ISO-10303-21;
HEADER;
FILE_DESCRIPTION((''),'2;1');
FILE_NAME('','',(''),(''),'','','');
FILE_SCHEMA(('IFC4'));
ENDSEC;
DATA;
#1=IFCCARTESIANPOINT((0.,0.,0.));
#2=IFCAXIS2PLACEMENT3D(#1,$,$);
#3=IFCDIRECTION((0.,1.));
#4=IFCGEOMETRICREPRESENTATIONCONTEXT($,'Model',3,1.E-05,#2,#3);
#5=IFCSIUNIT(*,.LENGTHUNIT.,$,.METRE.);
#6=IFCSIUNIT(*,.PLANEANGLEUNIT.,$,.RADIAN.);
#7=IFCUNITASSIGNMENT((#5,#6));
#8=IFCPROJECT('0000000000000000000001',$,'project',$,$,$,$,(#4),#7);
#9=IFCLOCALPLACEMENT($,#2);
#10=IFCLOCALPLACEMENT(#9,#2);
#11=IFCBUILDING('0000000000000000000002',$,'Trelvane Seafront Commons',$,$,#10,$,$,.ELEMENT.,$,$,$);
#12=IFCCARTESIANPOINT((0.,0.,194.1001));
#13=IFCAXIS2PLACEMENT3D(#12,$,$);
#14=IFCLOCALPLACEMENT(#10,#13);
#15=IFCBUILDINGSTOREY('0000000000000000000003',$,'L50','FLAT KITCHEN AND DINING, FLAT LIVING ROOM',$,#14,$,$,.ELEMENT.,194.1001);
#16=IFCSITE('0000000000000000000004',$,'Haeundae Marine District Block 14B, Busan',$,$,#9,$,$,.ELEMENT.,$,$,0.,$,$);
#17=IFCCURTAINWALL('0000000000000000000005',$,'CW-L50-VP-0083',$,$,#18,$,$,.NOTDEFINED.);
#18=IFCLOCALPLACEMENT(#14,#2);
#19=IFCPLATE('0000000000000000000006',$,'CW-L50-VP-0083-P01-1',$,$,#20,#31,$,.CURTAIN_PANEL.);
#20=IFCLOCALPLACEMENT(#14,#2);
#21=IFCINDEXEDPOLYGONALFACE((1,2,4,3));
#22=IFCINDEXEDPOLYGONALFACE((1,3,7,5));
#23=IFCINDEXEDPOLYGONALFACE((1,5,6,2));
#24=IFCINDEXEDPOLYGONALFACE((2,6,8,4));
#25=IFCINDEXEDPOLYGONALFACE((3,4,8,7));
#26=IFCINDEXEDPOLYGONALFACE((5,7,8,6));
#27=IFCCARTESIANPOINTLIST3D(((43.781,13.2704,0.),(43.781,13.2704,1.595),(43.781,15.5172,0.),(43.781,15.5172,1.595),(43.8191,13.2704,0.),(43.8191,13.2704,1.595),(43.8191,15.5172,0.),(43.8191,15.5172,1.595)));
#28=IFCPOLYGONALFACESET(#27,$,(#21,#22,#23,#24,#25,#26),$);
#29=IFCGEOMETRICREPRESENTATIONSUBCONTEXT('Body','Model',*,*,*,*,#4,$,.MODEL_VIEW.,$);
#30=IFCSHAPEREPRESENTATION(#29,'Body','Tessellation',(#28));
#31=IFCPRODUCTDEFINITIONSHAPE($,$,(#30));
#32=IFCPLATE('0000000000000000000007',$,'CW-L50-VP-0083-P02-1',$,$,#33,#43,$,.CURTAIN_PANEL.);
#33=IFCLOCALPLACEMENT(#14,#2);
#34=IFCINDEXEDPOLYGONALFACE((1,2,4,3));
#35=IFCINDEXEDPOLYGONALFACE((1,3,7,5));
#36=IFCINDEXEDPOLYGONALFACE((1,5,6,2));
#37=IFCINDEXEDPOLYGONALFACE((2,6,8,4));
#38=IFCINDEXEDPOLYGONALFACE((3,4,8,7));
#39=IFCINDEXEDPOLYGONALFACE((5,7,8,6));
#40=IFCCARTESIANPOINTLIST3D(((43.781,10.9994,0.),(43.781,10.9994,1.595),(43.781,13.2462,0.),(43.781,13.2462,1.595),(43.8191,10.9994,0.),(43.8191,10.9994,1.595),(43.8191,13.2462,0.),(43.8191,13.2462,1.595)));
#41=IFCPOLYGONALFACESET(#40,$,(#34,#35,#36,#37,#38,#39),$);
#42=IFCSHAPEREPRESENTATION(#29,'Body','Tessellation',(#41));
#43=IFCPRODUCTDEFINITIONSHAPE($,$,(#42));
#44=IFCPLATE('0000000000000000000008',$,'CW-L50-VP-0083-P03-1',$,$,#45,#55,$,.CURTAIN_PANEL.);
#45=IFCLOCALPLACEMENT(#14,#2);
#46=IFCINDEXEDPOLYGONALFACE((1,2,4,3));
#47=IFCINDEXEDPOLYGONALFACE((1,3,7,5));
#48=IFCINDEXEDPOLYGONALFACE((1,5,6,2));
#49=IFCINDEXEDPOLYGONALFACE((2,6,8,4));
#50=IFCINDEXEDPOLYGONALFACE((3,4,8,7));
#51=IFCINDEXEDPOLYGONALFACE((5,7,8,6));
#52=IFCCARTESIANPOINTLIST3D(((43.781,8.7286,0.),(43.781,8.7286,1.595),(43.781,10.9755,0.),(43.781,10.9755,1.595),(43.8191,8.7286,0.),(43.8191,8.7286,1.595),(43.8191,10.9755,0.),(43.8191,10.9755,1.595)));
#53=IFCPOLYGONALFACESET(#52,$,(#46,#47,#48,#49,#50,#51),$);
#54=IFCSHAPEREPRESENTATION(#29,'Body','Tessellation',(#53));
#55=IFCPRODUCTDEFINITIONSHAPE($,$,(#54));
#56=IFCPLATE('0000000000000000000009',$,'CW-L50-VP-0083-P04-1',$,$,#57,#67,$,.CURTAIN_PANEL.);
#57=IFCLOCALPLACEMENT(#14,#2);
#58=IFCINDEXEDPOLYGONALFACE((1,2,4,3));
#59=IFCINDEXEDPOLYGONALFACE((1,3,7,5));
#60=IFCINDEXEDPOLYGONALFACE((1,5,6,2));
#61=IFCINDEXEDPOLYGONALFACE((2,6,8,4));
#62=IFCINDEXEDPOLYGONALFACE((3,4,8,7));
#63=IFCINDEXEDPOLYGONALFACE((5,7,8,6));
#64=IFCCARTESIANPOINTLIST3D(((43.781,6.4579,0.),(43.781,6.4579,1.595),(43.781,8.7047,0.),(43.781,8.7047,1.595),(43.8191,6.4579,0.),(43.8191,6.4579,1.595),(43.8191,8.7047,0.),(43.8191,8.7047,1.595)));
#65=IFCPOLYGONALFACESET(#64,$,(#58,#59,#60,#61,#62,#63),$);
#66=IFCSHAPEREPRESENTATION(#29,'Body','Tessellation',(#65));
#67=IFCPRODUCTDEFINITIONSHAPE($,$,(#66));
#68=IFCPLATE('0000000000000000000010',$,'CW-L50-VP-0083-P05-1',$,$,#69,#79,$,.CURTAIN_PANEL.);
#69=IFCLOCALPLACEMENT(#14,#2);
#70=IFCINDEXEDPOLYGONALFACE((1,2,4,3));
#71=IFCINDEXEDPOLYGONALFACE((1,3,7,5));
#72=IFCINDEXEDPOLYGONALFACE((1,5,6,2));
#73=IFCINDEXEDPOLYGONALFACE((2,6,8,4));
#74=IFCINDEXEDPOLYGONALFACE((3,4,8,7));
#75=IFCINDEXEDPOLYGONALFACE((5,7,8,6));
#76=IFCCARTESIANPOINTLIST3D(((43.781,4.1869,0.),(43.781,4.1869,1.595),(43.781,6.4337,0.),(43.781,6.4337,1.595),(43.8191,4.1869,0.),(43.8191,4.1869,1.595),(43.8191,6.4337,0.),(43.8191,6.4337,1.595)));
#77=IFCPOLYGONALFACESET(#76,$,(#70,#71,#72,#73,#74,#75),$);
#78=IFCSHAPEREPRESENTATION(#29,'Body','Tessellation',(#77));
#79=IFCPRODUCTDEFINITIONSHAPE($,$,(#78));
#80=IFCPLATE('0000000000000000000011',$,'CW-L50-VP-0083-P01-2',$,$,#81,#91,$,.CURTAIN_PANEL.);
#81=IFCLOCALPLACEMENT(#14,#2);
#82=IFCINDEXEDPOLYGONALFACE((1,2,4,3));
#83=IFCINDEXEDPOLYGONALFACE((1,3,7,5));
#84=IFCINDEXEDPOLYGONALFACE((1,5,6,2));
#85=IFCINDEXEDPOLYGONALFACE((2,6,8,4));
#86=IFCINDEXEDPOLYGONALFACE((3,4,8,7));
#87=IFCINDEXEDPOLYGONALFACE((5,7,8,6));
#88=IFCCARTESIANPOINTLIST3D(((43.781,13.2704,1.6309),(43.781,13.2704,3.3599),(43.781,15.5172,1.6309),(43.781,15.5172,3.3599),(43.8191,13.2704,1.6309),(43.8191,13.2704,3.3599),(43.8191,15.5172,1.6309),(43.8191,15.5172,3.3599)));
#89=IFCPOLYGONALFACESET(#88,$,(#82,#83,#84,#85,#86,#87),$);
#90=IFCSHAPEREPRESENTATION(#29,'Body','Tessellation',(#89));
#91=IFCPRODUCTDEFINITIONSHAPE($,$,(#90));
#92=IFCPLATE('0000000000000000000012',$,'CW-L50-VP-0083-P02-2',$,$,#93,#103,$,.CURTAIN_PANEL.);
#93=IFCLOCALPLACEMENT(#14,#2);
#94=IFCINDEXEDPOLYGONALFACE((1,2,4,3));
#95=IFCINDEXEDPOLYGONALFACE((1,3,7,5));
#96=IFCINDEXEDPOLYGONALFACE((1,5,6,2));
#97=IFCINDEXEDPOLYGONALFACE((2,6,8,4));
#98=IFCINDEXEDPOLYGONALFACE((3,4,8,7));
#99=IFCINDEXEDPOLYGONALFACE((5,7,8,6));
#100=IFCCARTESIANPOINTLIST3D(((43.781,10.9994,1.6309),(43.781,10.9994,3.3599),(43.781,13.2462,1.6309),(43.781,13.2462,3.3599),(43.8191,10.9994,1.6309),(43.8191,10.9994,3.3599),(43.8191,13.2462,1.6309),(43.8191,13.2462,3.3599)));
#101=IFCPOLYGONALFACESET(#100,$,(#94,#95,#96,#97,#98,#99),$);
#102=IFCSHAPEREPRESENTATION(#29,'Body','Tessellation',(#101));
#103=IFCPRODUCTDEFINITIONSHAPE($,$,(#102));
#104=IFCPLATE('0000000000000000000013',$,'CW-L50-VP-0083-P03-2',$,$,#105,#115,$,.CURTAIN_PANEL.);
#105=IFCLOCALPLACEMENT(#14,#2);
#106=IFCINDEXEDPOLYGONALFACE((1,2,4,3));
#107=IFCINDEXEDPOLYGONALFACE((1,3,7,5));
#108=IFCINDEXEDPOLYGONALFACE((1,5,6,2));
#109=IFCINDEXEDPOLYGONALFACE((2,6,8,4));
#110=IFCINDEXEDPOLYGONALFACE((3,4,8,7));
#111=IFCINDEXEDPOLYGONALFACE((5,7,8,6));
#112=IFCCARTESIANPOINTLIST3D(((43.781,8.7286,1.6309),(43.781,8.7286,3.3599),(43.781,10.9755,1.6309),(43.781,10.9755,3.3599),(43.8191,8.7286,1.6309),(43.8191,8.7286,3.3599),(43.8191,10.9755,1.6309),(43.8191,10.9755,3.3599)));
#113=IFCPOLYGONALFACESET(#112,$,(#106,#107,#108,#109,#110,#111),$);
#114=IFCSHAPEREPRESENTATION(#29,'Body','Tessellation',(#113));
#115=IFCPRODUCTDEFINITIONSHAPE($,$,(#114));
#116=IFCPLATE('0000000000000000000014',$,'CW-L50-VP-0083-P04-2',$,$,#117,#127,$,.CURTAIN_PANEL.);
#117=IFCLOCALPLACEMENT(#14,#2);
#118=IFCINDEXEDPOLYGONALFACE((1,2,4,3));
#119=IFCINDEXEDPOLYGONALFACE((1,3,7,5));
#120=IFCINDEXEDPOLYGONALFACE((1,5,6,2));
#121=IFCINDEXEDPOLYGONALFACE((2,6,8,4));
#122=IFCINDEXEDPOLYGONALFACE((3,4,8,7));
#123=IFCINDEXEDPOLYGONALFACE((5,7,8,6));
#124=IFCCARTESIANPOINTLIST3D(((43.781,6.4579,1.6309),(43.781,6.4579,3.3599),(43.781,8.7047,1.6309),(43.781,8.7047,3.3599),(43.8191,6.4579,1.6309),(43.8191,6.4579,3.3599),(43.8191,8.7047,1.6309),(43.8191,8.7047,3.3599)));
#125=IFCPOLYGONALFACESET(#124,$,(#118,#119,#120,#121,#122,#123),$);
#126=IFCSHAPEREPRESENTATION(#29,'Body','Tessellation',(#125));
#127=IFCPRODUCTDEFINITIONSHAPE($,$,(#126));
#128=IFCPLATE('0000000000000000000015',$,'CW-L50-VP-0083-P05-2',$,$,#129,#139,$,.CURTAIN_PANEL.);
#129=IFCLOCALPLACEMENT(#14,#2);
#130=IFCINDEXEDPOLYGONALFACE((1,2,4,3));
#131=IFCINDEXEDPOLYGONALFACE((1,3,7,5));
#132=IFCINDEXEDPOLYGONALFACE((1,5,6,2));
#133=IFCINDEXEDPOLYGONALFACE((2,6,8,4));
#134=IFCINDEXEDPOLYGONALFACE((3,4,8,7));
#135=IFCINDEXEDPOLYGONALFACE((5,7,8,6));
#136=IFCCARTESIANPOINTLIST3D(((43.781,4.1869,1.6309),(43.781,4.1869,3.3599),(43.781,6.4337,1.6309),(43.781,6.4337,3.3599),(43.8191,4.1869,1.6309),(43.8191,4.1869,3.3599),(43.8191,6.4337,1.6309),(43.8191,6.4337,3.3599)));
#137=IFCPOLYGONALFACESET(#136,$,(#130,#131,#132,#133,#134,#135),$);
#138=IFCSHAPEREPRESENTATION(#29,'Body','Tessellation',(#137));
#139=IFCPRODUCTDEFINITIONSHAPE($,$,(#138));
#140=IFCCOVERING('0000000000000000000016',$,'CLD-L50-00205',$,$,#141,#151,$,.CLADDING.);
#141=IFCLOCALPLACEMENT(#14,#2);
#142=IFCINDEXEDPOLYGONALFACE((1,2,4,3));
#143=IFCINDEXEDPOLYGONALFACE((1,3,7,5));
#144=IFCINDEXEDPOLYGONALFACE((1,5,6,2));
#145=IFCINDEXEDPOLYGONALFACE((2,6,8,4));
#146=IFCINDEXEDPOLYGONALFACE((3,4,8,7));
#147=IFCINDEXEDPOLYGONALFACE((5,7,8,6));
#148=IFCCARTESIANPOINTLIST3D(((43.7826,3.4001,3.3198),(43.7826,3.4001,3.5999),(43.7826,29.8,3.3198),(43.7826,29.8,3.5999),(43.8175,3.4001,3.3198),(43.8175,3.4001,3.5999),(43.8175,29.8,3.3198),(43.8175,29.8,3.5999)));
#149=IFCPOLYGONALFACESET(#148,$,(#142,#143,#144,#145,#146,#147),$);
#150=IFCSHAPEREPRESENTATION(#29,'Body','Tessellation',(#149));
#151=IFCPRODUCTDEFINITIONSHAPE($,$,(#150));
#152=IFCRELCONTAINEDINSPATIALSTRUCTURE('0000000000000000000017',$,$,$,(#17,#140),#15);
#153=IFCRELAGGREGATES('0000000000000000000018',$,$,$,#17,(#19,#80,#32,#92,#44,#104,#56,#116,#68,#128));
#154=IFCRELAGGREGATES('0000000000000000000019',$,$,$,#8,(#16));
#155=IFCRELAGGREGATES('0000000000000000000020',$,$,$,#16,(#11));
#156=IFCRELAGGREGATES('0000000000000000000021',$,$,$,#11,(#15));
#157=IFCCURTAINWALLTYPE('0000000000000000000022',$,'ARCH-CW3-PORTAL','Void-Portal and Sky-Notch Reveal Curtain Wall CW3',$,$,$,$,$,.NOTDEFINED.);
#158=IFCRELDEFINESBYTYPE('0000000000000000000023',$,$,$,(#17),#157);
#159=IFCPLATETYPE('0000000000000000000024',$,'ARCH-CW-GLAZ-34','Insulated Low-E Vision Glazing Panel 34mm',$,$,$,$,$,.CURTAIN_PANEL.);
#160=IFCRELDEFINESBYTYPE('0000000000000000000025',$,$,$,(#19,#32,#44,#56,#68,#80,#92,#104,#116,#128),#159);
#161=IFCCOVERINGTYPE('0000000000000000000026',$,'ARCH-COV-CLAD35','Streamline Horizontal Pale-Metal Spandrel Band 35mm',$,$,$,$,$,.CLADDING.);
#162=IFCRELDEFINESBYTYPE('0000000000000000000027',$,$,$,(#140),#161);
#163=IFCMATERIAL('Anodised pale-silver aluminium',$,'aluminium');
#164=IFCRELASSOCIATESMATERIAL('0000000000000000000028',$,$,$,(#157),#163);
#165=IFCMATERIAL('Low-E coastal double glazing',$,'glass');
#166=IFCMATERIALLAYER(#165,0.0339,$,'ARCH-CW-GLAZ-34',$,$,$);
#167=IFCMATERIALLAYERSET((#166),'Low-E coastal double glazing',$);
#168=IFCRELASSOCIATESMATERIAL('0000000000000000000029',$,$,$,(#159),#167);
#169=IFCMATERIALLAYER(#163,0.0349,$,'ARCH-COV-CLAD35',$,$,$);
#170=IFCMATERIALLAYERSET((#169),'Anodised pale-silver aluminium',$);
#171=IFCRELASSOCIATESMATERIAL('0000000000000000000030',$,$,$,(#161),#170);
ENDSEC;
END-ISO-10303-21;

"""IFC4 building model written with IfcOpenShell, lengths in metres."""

from ifc_helpers import new_model, si_unit, direction, frame, origin, origin_2d, place, context, subcontext, project, spatial, rectangle, extrude, source, transform, mapped, material, layer, layer_set, type_object, element, aggregate, save


model = new_model("IFC4")

# Units and contexts
model_context = context("Model", 3, precision=1e-05, world=origin(), true_north=direction((0.0, 1.0)))
body_context = subcontext(model_context, "Body", "Model", "MODEL_VIEW")
ifc_project = project(units=[si_unit("LENGTHUNIT", "METRE"), si_unit("PLANEANGLEUNIT", "RADIAN")], contexts=[model_context])

# Site, building, storey
site_placement = place(None, origin())
site = spatial("IfcSite", under=ifc_project, at=site_placement, Name="Haeundae Marine District Block 14B, Busan", CompositionType="ELEMENT", RefElevation=0.0)
building_placement = place(site_placement, origin())
building = spatial("IfcBuilding", under=site, at=building_placement, Name="Trelvane Seafront Commons", CompositionType="ELEMENT")
storey_placement = place(building_placement, frame((0.0, 0.0, 194.1001)))
storey = spatial("IfcBuildingStorey", under=building, at=storey_placement, Name="L50", Description="FLAT KITCHEN AND DINING, FLAT LIVING ROOM", CompositionType="ELEMENT", Elevation=194.1001)

# Curtain wall
ifc_material_1 = material(Name="Anodised pale-silver aluminium", Category="aluminium")
curtain_wall_type = type_object("IfcCurtainWallType", Name="ARCH-CW3-PORTAL", Description="Void-Portal and Sky-Notch Reveal Curtain Wall CW3", PredefinedType="NOTDEFINED", material=ifc_material_1)
curtain_wall_placement = place(storey_placement, origin())
curtain_wall = element("IfcCurtainWall", 1, at=curtain_wall_placement, inside=storey, type_object=curtain_wall_type, Name="CW-L50-VP-0083", PredefinedType="NOTDEFINED")

# Plates
ifc_material_2 = material(Name="Low-E coastal double glazing", Category="glass")
ifc_layer_1 = layer(ifc_material_2, 0.0339, Name="ARCH-CW-GLAZ-34")
ifc_layer_set_1 = layer_set([ifc_layer_1], Name="Low-E coastal double glazing")
plate_type_1 = type_object("IfcPlateType", Name="ARCH-CW-GLAZ-34", Description="Insulated Low-E Vision Glazing Panel 34mm", PredefinedType="CURTAIN_PANEL", material=ifc_layer_set_1)
shared_shape_1 = source(origin(), body_context, "Body", "SweptSolid", [
    extrude(rectangle(XDim=2.2468, YDim=0.0381, at=origin_2d()), origin(), (0.0, 0.0, 1.0), 1.595),
])
plate_1_placement = place(storey_placement, frame((43.8, 14.3938, 0.0), z_axis=(0.0, 0.0, 1.0), x_axis=(0.0, -1.0, 0.0)))
plate_1 = element("IfcPlate", 2, at=plate_1_placement, type_object=plate_type_1, Name="CW-L50-VP-0083-P01-1", PredefinedType="CURTAIN_PANEL", context=body_context, shape_type="MappedRepresentation", body=[
    mapped(shared_shape_1, transform((0.0, 0.0, 0.0), x_axis=(1.0, 0.0, 0.0), y_axis=(0.0, 1.0, 0.0), z_axis=(0.0, 0.0, 1.0), scale=1.0)),
])
plate_2_placement = place(storey_placement, frame((43.8, 12.1228, 0.0), z_axis=(0.0, 0.0, 1.0), x_axis=(0.0, -1.0, 0.0)))
plate_2 = element("IfcPlate", 3, at=plate_2_placement, type_object=plate_type_1, Name="CW-L50-VP-0083-P02-1", PredefinedType="CURTAIN_PANEL", context=body_context, shape_type="MappedRepresentation", body=[
    mapped(shared_shape_1, transform((0.0, 0.0, 0.0), x_axis=(1.0, 0.0, 0.0), y_axis=(0.0, 1.0, 0.0), z_axis=(0.0, 0.0, 1.0), scale=1.0)),
])
plate_3_placement = place(storey_placement, frame((43.8, 9.8521, 0.0), z_axis=(0.0, 0.0, 1.0), x_axis=(0.0, -1.0, 0.0)))
plate_3 = element("IfcPlate", 4, at=plate_3_placement, type_object=plate_type_1, Name="CW-L50-VP-0083-P03-1", PredefinedType="CURTAIN_PANEL", context=body_context, shape_type="MappedRepresentation", body=[
    mapped(shared_shape_1, transform((0.0, 0.0, 0.0), x_axis=(1.0, 0.0, 0.0), y_axis=(0.0, 1.0, 0.0), z_axis=(0.0, 0.0, 1.0), scale=1.0)),
])
plate_4_placement = place(storey_placement, frame((43.8, 7.5813, 0.0), z_axis=(0.0, 0.0, 1.0), x_axis=(0.0, -1.0, 0.0)))
plate_4 = element("IfcPlate", 5, at=plate_4_placement, type_object=plate_type_1, Name="CW-L50-VP-0083-P04-1", PredefinedType="CURTAIN_PANEL", context=body_context, shape_type="MappedRepresentation", body=[
    mapped(shared_shape_1, transform((0.0, 0.0, 0.0), x_axis=(1.0, 0.0, 0.0), y_axis=(0.0, 1.0, 0.0), z_axis=(0.0, 0.0, 1.0), scale=1.0)),
])
plate_5_placement = place(storey_placement, frame((43.8, 5.3103, 0.0), z_axis=(0.0, 0.0, 1.0), x_axis=(0.0, -1.0, 0.0)))
plate_5 = element("IfcPlate", 6, at=plate_5_placement, type_object=plate_type_1, Name="CW-L50-VP-0083-P05-1", PredefinedType="CURTAIN_PANEL", context=body_context, shape_type="MappedRepresentation", body=[
    mapped(shared_shape_1, transform((0.0, 0.0, 0.0), x_axis=(1.0, 0.0, 0.0), y_axis=(0.0, 1.0, 0.0), z_axis=(0.0, 0.0, 1.0), scale=1.0)),
])
shared_shape_2 = source(origin(), body_context, "Body", "SweptSolid", [
    extrude(rectangle(XDim=2.2468, YDim=0.0381, at=origin_2d()), origin(), (0.0, 0.0, 1.0), 1.729),
])
plate_6_placement = place(storey_placement, frame((43.8, 14.3938, 1.6309), z_axis=(0.0, 0.0, 1.0), x_axis=(0.0, -1.0, 0.0)))
plate_6 = element("IfcPlate", 7, at=plate_6_placement, type_object=plate_type_1, Name="CW-L50-VP-0083-P01-2", PredefinedType="CURTAIN_PANEL", context=body_context, shape_type="MappedRepresentation", body=[
    mapped(shared_shape_2, transform((0.0, 0.0, 0.0), x_axis=(1.0, 0.0, 0.0), y_axis=(0.0, 1.0, 0.0), z_axis=(0.0, 0.0, 1.0), scale=1.0)),
])
plate_7_placement = place(storey_placement, frame((43.8, 12.1228, 1.6309), z_axis=(0.0, 0.0, 1.0), x_axis=(0.0, -1.0, 0.0)))
plate_7 = element("IfcPlate", 8, at=plate_7_placement, type_object=plate_type_1, Name="CW-L50-VP-0083-P02-2", PredefinedType="CURTAIN_PANEL", context=body_context, shape_type="MappedRepresentation", body=[
    mapped(shared_shape_2, transform((0.0, 0.0, 0.0), x_axis=(1.0, 0.0, 0.0), y_axis=(0.0, 1.0, 0.0), z_axis=(0.0, 0.0, 1.0), scale=1.0)),
])
plate_8_placement = place(storey_placement, frame((43.8, 9.8521, 1.6309), z_axis=(0.0, 0.0, 1.0), x_axis=(0.0, -1.0, 0.0)))
plate_8 = element("IfcPlate", 9, at=plate_8_placement, type_object=plate_type_1, Name="CW-L50-VP-0083-P03-2", PredefinedType="CURTAIN_PANEL", context=body_context, shape_type="MappedRepresentation", body=[
    mapped(shared_shape_2, transform((0.0, 0.0, 0.0), x_axis=(1.0, 0.0, 0.0), y_axis=(0.0, 1.0, 0.0), z_axis=(0.0, 0.0, 1.0), scale=1.0)),
])
plate_9_placement = place(storey_placement, frame((43.8, 7.5813, 1.6309), z_axis=(0.0, 0.0, 1.0), x_axis=(0.0, -1.0, 0.0)))
plate_9 = element("IfcPlate", 10, at=plate_9_placement, type_object=plate_type_1, Name="CW-L50-VP-0083-P04-2", PredefinedType="CURTAIN_PANEL", context=body_context, shape_type="MappedRepresentation", body=[
    mapped(shared_shape_2, transform((0.0, 0.0, 0.0), x_axis=(1.0, 0.0, 0.0), y_axis=(0.0, 1.0, 0.0), z_axis=(0.0, 0.0, 1.0), scale=1.0)),
])
plate_10_placement = place(storey_placement, frame((43.8, 5.3103, 1.6309), z_axis=(0.0, 0.0, 1.0), x_axis=(0.0, -1.0, 0.0)))
plate_10 = element("IfcPlate", 11, at=plate_10_placement, type_object=plate_type_1, Name="CW-L50-VP-0083-P05-2", PredefinedType="CURTAIN_PANEL", context=body_context, shape_type="MappedRepresentation", body=[
    mapped(shared_shape_2, transform((0.0, 0.0, 0.0), x_axis=(1.0, 0.0, 0.0), y_axis=(0.0, 1.0, 0.0), z_axis=(0.0, 0.0, 1.0), scale=1.0)),
])
aggregate(curtain_wall, [plate_1, plate_6, plate_2, plate_7, plate_3, plate_8, plate_4, plate_9, plate_5, plate_10])

# Covering
ifc_layer_2 = layer(ifc_material_1, 0.0349, Name="ARCH-COV-CLAD35")
ifc_layer_set_2 = layer_set([ifc_layer_2], Name="Anodised pale-silver aluminium")
covering_type = type_object("IfcCoveringType", Name="ARCH-COV-CLAD35", Description="Streamline Horizontal Pale-Metal Spandrel Band 35mm", PredefinedType="CLADDING", material=ifc_layer_set_2)
shared_shape_3 = source(origin(), body_context, "Body", "SweptSolid", [
    extrude(rectangle(XDim=26.3999, YDim=0.0349, at=origin_2d()), origin(), (0.0, 0.0, 1.0), 0.28),
])
covering_placement = place(storey_placement, frame((43.8, 16.6001, 3.3198), z_axis=(0.0, 0.0, 1.0), x_axis=(0.0, 1.0, 0.0)))
element("IfcCovering", 12, at=covering_placement, inside=storey, type_object=covering_type, Name="CLD-L50-00205", PredefinedType="CLADDING", context=body_context, shape_type="MappedRepresentation", body=[
    mapped(shared_shape_3, transform((0.0, 0.0, 0.0), x_axis=(1.0, 0.0, 0.0), y_axis=(0.0, 1.0, 0.0), z_axis=(0.0, 0.0, 1.0), scale=1.0)),
])

save(model, "model.ifc")
